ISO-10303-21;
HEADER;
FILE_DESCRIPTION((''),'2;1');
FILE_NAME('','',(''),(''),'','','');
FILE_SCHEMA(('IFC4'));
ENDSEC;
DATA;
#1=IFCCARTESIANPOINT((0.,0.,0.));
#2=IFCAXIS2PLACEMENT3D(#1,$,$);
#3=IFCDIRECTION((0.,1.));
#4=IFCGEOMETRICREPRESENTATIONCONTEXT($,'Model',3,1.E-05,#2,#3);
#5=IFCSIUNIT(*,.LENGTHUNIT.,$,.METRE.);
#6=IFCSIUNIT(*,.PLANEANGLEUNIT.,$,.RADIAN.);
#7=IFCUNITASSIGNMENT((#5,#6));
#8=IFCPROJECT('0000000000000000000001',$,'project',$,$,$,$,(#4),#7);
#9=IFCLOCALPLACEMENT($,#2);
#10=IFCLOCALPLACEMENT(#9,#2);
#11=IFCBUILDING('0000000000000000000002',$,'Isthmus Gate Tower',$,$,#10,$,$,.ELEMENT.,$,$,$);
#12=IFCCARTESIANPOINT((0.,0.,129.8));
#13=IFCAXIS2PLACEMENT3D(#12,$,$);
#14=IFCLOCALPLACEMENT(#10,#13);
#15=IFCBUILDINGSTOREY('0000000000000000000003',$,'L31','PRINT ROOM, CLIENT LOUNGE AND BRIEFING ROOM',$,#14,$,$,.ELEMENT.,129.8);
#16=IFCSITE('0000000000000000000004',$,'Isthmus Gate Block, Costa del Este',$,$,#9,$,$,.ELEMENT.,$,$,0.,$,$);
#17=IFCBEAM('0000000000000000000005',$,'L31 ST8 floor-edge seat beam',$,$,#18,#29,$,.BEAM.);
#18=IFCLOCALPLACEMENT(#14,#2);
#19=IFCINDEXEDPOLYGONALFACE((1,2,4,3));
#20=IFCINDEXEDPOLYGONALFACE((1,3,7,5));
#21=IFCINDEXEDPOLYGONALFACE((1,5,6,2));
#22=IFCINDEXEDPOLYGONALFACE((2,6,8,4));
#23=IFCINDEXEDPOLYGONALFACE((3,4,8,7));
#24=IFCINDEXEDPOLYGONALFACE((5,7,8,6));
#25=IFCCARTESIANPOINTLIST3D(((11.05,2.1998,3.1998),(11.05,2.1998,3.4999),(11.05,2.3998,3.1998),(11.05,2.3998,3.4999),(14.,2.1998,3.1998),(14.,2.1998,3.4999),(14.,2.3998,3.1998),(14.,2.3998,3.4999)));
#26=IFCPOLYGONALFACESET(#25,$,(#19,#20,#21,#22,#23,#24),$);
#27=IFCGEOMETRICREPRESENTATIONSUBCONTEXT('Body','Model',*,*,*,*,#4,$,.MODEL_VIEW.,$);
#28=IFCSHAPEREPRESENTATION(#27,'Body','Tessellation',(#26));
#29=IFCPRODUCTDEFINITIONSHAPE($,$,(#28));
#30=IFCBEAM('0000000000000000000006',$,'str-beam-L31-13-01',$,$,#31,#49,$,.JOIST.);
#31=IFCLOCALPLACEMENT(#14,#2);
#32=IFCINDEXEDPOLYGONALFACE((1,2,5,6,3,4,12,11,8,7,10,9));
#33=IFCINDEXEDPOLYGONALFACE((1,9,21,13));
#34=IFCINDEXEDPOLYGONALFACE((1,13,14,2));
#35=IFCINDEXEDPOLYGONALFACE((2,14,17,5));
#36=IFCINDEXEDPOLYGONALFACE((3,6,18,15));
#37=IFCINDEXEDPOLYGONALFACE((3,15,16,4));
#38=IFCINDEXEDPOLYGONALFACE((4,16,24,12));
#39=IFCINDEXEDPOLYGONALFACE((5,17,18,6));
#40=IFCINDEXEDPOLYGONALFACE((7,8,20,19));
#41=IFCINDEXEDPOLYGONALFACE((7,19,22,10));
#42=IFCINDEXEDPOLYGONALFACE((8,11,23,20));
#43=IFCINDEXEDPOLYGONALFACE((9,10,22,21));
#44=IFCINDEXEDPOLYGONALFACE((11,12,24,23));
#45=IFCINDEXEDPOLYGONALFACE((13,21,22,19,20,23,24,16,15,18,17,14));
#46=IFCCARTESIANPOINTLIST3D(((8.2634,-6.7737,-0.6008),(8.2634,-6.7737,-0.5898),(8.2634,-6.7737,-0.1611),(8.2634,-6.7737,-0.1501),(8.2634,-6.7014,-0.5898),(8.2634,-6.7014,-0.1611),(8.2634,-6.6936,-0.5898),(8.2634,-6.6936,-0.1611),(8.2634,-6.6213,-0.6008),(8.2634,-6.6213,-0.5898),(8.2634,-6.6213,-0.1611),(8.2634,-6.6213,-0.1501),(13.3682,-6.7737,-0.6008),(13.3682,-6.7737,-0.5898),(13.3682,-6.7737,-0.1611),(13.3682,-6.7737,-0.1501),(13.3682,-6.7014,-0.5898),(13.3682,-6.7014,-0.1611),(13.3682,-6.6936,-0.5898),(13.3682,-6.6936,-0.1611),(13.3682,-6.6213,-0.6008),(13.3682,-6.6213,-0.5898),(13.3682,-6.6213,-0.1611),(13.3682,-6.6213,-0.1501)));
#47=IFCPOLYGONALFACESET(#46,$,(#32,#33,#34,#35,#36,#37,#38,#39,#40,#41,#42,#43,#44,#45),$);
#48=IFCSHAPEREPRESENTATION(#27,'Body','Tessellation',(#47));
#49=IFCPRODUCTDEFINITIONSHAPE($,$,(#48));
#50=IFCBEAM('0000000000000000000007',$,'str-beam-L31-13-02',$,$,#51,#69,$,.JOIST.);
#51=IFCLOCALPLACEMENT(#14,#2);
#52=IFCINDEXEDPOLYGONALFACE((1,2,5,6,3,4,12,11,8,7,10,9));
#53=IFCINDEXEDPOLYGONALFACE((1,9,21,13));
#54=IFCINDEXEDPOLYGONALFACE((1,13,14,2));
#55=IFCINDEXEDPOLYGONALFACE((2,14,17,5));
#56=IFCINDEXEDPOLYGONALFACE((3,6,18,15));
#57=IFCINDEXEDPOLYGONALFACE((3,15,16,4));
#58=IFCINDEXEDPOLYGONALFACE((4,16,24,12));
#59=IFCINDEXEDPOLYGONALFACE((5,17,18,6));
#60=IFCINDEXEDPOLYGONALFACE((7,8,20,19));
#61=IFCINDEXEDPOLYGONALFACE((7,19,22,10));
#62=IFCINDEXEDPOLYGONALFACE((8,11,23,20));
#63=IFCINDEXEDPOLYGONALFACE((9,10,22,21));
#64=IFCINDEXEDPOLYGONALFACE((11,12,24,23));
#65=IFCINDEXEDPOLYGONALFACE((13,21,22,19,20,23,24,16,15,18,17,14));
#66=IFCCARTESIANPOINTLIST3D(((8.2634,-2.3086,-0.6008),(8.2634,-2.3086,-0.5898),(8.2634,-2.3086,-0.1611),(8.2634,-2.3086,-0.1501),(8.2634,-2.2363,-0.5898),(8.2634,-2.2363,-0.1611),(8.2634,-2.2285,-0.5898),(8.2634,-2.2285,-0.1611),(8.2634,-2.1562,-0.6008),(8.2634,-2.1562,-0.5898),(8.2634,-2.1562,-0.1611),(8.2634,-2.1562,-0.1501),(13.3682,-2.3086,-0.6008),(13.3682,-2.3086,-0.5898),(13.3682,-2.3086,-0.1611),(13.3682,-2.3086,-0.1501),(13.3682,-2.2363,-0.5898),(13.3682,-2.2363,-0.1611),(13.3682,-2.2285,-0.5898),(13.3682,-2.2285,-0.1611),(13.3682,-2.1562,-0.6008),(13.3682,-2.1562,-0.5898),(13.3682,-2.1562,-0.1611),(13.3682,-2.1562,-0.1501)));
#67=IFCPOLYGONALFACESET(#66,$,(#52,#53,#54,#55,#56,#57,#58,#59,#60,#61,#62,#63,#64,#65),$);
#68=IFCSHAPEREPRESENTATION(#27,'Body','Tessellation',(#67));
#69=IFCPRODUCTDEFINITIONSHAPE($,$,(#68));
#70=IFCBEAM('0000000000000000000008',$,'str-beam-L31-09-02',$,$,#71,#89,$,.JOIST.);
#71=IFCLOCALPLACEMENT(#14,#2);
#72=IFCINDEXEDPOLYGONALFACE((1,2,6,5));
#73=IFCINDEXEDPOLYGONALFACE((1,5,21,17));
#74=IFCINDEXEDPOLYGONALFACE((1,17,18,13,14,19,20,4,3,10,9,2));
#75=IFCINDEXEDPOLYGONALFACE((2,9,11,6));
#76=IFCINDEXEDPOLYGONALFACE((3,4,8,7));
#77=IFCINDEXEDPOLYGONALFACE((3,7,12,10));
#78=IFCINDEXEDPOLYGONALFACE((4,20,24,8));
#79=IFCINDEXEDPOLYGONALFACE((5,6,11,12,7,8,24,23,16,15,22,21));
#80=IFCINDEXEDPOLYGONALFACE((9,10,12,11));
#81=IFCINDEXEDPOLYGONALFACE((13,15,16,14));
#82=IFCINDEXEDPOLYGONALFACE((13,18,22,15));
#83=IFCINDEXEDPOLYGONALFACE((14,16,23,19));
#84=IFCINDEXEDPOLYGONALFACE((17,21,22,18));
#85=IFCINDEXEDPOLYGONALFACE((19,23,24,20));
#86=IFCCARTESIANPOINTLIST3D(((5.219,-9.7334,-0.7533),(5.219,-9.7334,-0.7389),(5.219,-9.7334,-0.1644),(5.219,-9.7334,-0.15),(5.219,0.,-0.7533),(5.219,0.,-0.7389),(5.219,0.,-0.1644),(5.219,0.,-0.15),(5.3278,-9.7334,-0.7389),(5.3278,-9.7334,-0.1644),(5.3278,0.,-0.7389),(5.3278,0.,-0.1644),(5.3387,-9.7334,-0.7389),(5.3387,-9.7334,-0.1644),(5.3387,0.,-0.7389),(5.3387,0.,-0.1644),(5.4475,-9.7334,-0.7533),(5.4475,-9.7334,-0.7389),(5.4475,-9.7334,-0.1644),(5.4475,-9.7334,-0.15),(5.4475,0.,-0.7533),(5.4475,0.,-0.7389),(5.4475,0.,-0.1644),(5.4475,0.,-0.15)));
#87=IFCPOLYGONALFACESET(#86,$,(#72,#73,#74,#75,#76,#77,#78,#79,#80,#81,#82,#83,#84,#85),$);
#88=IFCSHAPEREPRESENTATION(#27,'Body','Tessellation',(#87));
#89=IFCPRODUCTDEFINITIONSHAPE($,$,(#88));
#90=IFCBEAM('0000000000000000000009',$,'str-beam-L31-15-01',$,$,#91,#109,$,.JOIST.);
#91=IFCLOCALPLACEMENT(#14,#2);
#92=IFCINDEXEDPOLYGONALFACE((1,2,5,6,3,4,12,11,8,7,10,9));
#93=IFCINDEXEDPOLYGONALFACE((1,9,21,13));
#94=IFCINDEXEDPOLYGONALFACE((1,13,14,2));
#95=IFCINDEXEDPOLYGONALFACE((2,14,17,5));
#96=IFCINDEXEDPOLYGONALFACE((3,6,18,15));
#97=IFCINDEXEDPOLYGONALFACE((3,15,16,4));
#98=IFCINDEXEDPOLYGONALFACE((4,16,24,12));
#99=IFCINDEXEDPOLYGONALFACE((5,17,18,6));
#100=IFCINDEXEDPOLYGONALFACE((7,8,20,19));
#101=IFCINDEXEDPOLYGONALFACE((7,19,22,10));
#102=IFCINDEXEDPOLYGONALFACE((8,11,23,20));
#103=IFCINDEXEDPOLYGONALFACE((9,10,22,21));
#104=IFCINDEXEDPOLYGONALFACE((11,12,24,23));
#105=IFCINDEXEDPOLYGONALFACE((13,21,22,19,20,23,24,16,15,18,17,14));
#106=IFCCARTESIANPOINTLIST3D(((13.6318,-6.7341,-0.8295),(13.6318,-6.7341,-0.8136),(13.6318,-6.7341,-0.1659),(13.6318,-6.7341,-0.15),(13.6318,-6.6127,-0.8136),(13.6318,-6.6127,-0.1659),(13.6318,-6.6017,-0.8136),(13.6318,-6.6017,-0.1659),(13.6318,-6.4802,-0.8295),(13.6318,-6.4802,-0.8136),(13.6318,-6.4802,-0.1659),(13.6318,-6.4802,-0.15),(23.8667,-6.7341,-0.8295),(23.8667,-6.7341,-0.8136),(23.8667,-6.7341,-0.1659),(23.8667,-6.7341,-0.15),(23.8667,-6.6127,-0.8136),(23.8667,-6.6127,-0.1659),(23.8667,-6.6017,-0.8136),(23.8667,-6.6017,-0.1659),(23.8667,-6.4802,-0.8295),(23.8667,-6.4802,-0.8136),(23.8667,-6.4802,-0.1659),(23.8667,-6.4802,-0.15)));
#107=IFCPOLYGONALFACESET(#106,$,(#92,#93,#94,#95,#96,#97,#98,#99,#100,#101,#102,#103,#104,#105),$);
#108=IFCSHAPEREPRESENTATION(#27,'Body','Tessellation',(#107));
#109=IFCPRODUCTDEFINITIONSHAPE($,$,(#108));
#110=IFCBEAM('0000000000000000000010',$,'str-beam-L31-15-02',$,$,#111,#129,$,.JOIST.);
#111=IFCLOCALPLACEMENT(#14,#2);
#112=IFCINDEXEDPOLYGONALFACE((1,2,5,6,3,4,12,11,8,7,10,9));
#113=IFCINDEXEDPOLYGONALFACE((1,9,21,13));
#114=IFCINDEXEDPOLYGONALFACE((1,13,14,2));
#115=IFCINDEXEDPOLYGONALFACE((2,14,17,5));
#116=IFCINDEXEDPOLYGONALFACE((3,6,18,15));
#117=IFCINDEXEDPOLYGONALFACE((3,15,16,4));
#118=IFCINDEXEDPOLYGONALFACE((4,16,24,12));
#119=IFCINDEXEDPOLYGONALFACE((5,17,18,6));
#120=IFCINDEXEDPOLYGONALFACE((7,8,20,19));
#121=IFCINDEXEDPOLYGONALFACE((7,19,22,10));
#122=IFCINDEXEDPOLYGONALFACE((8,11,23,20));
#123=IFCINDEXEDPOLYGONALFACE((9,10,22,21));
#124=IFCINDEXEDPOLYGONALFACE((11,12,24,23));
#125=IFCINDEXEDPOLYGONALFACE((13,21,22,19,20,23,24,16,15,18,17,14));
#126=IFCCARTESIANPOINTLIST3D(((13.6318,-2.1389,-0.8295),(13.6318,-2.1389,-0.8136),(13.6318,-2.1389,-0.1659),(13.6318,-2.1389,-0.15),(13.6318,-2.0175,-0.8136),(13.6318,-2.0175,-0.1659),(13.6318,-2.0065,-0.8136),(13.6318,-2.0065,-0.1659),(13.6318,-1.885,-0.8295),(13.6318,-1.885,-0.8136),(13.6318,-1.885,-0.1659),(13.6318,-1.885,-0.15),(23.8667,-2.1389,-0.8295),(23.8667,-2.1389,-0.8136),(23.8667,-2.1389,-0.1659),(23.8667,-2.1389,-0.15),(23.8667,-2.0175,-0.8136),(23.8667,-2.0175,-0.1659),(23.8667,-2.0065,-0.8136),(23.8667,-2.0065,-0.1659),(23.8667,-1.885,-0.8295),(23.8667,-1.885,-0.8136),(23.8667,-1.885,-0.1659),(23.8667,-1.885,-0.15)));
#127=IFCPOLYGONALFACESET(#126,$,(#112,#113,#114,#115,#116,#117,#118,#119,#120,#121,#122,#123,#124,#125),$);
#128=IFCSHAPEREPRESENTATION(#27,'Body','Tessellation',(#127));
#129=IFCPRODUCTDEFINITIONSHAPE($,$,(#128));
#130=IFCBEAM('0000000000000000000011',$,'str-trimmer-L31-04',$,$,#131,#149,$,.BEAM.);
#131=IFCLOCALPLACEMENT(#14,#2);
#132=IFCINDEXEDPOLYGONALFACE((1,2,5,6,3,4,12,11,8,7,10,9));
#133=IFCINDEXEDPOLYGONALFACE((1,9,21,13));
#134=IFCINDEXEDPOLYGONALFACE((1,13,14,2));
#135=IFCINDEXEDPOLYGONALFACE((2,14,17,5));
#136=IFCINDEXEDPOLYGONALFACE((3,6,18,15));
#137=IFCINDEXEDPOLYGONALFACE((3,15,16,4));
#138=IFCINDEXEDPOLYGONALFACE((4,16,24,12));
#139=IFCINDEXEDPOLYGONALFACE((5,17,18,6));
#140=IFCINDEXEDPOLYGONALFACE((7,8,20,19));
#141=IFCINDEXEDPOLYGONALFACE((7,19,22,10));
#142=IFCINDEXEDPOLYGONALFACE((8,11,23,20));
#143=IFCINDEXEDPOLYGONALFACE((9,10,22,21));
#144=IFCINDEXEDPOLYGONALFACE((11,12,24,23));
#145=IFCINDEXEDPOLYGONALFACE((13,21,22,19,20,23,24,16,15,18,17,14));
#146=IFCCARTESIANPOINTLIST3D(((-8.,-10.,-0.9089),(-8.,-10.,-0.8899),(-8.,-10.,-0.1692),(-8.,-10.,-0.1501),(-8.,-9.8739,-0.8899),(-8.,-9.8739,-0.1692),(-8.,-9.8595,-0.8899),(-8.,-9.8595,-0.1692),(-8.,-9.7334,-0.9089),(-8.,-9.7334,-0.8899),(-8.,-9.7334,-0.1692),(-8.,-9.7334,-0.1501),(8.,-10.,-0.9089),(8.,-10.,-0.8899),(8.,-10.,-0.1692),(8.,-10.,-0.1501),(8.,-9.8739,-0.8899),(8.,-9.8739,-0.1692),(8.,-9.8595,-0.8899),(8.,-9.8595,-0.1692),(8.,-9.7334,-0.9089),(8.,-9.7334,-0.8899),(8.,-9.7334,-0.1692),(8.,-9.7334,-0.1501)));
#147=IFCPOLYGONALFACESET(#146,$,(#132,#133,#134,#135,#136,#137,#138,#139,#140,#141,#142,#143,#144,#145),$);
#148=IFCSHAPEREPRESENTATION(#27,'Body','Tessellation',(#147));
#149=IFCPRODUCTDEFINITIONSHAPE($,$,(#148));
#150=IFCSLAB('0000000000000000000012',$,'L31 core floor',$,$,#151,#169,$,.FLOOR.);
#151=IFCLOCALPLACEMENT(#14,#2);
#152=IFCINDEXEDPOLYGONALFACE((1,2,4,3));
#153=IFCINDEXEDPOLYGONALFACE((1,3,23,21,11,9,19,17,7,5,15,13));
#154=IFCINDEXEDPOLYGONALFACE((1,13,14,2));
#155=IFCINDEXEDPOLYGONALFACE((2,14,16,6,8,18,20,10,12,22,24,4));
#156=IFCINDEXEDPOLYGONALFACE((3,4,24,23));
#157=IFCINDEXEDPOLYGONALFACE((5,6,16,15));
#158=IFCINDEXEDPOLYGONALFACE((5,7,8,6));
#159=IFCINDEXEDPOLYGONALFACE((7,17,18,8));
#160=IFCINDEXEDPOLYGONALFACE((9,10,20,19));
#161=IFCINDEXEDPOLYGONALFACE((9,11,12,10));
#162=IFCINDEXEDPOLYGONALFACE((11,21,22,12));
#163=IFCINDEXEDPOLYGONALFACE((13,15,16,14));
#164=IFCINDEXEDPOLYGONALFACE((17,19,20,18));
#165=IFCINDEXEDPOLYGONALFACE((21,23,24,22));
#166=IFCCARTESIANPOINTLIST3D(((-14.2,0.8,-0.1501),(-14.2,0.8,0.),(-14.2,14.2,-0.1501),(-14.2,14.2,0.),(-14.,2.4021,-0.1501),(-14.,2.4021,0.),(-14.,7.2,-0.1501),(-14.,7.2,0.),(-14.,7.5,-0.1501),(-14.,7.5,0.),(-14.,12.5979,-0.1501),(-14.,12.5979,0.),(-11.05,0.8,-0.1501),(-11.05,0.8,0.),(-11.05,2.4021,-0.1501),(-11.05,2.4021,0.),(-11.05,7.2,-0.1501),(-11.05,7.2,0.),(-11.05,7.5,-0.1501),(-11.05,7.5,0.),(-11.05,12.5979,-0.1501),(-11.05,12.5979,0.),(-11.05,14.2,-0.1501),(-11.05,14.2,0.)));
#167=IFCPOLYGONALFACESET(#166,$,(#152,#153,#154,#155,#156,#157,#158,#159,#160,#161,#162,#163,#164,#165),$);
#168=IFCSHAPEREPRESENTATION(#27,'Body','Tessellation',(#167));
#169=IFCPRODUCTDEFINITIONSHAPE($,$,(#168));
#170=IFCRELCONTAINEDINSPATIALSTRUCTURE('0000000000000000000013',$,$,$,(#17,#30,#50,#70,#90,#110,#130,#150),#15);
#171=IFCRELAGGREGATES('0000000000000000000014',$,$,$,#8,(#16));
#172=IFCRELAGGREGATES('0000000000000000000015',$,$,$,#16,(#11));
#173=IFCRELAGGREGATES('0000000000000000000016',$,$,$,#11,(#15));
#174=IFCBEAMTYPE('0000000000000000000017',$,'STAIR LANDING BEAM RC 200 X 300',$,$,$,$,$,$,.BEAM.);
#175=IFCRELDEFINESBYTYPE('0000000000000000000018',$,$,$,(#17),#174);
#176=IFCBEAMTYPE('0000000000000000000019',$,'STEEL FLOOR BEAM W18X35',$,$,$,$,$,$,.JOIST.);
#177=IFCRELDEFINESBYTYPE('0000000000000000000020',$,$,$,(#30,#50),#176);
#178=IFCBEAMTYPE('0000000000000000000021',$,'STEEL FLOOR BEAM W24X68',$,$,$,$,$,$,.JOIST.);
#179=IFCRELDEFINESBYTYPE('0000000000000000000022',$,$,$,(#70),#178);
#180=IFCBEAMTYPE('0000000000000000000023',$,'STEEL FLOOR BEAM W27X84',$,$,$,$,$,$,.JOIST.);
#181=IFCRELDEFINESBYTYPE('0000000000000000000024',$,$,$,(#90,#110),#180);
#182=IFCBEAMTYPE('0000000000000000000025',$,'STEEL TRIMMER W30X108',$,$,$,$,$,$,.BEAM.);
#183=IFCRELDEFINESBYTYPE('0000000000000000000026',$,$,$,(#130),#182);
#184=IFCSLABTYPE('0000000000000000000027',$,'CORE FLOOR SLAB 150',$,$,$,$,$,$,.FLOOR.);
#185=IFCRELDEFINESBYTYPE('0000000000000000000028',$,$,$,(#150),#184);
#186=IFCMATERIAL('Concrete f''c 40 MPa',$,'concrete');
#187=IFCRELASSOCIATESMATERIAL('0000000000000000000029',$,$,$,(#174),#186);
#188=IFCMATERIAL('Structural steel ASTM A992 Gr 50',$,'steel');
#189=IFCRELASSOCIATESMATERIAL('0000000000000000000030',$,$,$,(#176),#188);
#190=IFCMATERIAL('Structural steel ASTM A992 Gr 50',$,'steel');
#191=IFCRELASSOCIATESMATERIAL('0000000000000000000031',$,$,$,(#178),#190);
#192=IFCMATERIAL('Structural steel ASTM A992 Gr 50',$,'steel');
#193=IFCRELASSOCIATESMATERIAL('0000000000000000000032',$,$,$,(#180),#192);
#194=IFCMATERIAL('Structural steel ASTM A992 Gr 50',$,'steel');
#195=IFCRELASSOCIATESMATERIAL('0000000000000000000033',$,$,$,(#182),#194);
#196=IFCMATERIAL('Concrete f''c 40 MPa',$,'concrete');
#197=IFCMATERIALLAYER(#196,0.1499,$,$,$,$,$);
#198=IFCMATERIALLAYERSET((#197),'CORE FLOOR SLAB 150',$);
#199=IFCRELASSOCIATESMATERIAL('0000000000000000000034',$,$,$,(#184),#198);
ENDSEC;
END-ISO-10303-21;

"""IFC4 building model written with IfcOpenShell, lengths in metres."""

from ifc_helpers import new_model, si_unit, direction, frame, origin, origin_2d, place, context, subcontext, project, spatial, polyline, rectangle, i_section, outline, extrude, material, layer, layer_set, material_profile, profile_set, type_object, element, save


model = new_model("IFC4")

# Units and contexts
model_context = context("Model", 3, precision=1e-05, world=origin(), true_north=direction((0.0, 1.0)))
body_context = subcontext(model_context, "Body", "Model", "MODEL_VIEW")
ifc_project = project(units=[si_unit("LENGTHUNIT", "METRE"), si_unit("PLANEANGLEUNIT", "RADIAN")], contexts=[model_context])

# Site, building, storey
site_placement = place(None, origin())
site = spatial("IfcSite", under=ifc_project, at=site_placement, Name="Isthmus Gate Block, Costa del Este", CompositionType="ELEMENT", RefElevation=0.0)
building_placement = place(site_placement, origin())
building = spatial("IfcBuilding", under=site, at=building_placement, Name="Isthmus Gate Tower", CompositionType="ELEMENT")
storey_placement = place(building_placement, frame((0.0, 0.0, 129.8)))
storey = spatial("IfcBuildingStorey", under=building, at=storey_placement, Name="L31", Description="PRINT ROOM, CLIENT LOUNGE AND BRIEFING ROOM", CompositionType="ELEMENT", Elevation=129.8)

# Beams
ifc_material_1 = material(Name="Concrete f'c 40 MPa", Category="concrete")
ifc_material_profile_1 = material_profile(ifc_material_1, rectangle(XDim=0.2, YDim=0.3, at=origin_2d()), Name="STAIR LANDING BEAM RC 200 X 300")
ifc_profile_set_1 = profile_set([ifc_material_profile_1], Name="Concrete f'c 40 MPa")
beam_type_1 = type_object("IfcBeamType", Name="STAIR LANDING BEAM RC 200 X 300", PredefinedType="BEAM", material=ifc_profile_set_1)
beam_1_placement = place(storey_placement, frame((11.05, 2.2998, 3.3499), z_axis=(1.0, 0.0, 0.0), x_axis=(0.0, 1.0, 0.0)))
element("IfcBeam", 1, at=beam_1_placement, inside=storey, type_object=beam_type_1, Name="L31 ST8 floor-edge seat beam", PredefinedType="BEAM", context=body_context, shape_type="SweptSolid", body=[
    extrude(rectangle(XDim=0.2, YDim=0.3, at=origin_2d()), origin(), (0.0, 0.0, 1.0), 2.95),
])
ifc_material_2 = material(Name="Structural steel ASTM A992 Gr 50", Category="steel")
ifc_material_profile_2 = material_profile(ifc_material_2, i_section(OverallWidth=0.1523, OverallDepth=0.4507, WebThickness=0.0078, FlangeThickness=0.011, at=origin_2d()), Name="W18X35")
ifc_profile_set_2 = profile_set([ifc_material_profile_2], Name="Structural steel ASTM A992 Gr 50")
beam_type_2 = type_object("IfcBeamType", Name="STEEL FLOOR BEAM W18X35", PredefinedType="JOIST", material=ifc_profile_set_2)
for number, where, z_axis, x_axis, name in (
    (2, (8.2634, -6.6975, -0.3755), (1.0, 0.0, 0.0), (0.0, 1.0, 0.0), "str-beam-L31-13-01"),
    (3, (8.2634, -2.2324, -0.3755), (1.0, 0.0, 0.0), (0.0, 1.0, 0.0), "str-beam-L31-13-02"),
):
    element("IfcBeam", number, at=place(storey_placement, frame(where, z_axis=z_axis, x_axis=x_axis)), inside=storey, type_object=beam_type_2, Name=name, PredefinedType="JOIST", context=body_context, shape_type="SweptSolid", body=[
        extrude(i_section(OverallWidth=0.1523, OverallDepth=0.4507, WebThickness=0.0078, FlangeThickness=0.011, at=origin_2d()), origin(), (0.0, 0.0, 1.0), 5.1047),
    ])
ifc_material_3 = material(Name="Structural steel ASTM A992 Gr 50", Category="steel")
ifc_material_profile_3 = material_profile(ifc_material_3, i_section(OverallWidth=0.2285, OverallDepth=0.6033, WebThickness=0.011, FlangeThickness=0.0144, at=origin_2d()), Name="W24X68")
ifc_profile_set_3 = profile_set([ifc_material_profile_3], Name="Structural steel ASTM A992 Gr 50")
beam_type_3 = type_object("IfcBeamType", Name="STEEL FLOOR BEAM W24X68", PredefinedType="JOIST", material=ifc_profile_set_3)
beam_2_placement = place(storey_placement, frame((5.3333, -9.7334, -0.4517), z_axis=(0.0, 1.0, 0.0), x_axis=(-1.0, 0.0, 0.0)))
element("IfcBeam", 4, at=beam_2_placement, inside=storey, type_object=beam_type_3, Name="str-beam-L31-09-02", PredefinedType="JOIST", context=body_context, shape_type="SweptSolid", body=[
    extrude(i_section(OverallWidth=0.2285, OverallDepth=0.6033, WebThickness=0.011, FlangeThickness=0.0144, at=origin_2d()), origin(), (0.0, 0.0, 1.0), 9.7334),
])
ifc_material_4 = material(Name="Structural steel ASTM A992 Gr 50", Category="steel")
ifc_material_profile_4 = material_profile(ifc_material_4, i_section(OverallWidth=0.2539, OverallDepth=0.6794, WebThickness=0.011, FlangeThickness=0.0159, at=origin_2d()), Name="W27X84")
ifc_profile_set_4 = profile_set([ifc_material_profile_4], Name="Structural steel ASTM A992 Gr 50")
beam_type_4 = type_object("IfcBeamType", Name="STEEL FLOOR BEAM W27X84", PredefinedType="JOIST", material=ifc_profile_set_4)
for number, where, z_axis, x_axis, name in (
    (5, (13.6318, -6.6072, -0.4897), (1.0, 0.0, 0.0), (0.0, 1.0, 0.0), "str-beam-L31-15-01"),
    (6, (13.6318, -2.012, -0.4897), (1.0, 0.0, 0.0), (0.0, 1.0, 0.0), "str-beam-L31-15-02"),
):
    element("IfcBeam", number, at=place(storey_placement, frame(where, z_axis=z_axis, x_axis=x_axis)), inside=storey, type_object=beam_type_4, Name=name, PredefinedType="JOIST", context=body_context, shape_type="SweptSolid", body=[
        extrude(i_section(OverallWidth=0.2539, OverallDepth=0.6794, WebThickness=0.011, FlangeThickness=0.0159, at=origin_2d()), origin(), (0.0, 0.0, 1.0), 10.2349),
    ])
ifc_material_5 = material(Name="Structural steel ASTM A992 Gr 50", Category="steel")
ifc_material_profile_5 = material_profile(ifc_material_5, i_section(OverallWidth=0.2666, OverallDepth=0.7588, WebThickness=0.0144, FlangeThickness=0.019, at=origin_2d()), Name="W30X108")
ifc_profile_set_5 = profile_set([ifc_material_profile_5], Name="Structural steel ASTM A992 Gr 50")
beam_type_5 = type_object("IfcBeamType", Name="STEEL TRIMMER W30X108", PredefinedType="BEAM", material=ifc_profile_set_5)
beam_3_placement = place(storey_placement, frame((8.0, -9.8667, -0.5295), z_axis=(-1.0, 0.0, 0.0), x_axis=(0.0, -1.0, 0.0)))
element("IfcBeam", 7, at=beam_3_placement, inside=storey, type_object=beam_type_5, Name="str-trimmer-L31-04", PredefinedType="BEAM", context=body_context, shape_type="SweptSolid", body=[
    extrude(i_section(OverallWidth=0.2666, OverallDepth=0.7588, WebThickness=0.0144, FlangeThickness=0.019, at=origin_2d()), origin(), (0.0, 0.0, 1.0), 16.0),
])

# Slab
ifc_material_6 = material(Name="Concrete f'c 40 MPa", Category="concrete")
ifc_layer_1 = layer(ifc_material_6, 0.1499)
ifc_layer_set_1 = layer_set([ifc_layer_1], Name="CORE FLOOR SLAB 150")
slab_type_1 = type_object("IfcSlabType", Name="CORE FLOOR SLAB 150", PredefinedType="FLOOR", material=ifc_layer_set_1)
slab_1_placement = place(storey_placement, frame((0.0, 0.0, -0.1501)))
element("IfcSlab", 8, at=slab_1_placement, inside=storey, type_object=slab_type_1, Name="L31 core floor", PredefinedType="FLOOR", context=body_context, shape_type="SweptSolid", body=[
    extrude(outline(polyline([(-11.05, 0.8), (-11.05, 2.4021), (-14.0, 2.4021), (-14.0, 7.2), (-11.05, 7.2), (-11.05, 7.5), (-14.0, 7.5), (-14.0, 12.5979), (-11.05, 12.5979), (-11.05, 14.2), (-14.2, 14.2), (-14.2, 0.8), (-11.05, 0.8)])), origin(), (0.0, 0.0, 1.0), 0.1501),
])

save(model, "model.ifc")
